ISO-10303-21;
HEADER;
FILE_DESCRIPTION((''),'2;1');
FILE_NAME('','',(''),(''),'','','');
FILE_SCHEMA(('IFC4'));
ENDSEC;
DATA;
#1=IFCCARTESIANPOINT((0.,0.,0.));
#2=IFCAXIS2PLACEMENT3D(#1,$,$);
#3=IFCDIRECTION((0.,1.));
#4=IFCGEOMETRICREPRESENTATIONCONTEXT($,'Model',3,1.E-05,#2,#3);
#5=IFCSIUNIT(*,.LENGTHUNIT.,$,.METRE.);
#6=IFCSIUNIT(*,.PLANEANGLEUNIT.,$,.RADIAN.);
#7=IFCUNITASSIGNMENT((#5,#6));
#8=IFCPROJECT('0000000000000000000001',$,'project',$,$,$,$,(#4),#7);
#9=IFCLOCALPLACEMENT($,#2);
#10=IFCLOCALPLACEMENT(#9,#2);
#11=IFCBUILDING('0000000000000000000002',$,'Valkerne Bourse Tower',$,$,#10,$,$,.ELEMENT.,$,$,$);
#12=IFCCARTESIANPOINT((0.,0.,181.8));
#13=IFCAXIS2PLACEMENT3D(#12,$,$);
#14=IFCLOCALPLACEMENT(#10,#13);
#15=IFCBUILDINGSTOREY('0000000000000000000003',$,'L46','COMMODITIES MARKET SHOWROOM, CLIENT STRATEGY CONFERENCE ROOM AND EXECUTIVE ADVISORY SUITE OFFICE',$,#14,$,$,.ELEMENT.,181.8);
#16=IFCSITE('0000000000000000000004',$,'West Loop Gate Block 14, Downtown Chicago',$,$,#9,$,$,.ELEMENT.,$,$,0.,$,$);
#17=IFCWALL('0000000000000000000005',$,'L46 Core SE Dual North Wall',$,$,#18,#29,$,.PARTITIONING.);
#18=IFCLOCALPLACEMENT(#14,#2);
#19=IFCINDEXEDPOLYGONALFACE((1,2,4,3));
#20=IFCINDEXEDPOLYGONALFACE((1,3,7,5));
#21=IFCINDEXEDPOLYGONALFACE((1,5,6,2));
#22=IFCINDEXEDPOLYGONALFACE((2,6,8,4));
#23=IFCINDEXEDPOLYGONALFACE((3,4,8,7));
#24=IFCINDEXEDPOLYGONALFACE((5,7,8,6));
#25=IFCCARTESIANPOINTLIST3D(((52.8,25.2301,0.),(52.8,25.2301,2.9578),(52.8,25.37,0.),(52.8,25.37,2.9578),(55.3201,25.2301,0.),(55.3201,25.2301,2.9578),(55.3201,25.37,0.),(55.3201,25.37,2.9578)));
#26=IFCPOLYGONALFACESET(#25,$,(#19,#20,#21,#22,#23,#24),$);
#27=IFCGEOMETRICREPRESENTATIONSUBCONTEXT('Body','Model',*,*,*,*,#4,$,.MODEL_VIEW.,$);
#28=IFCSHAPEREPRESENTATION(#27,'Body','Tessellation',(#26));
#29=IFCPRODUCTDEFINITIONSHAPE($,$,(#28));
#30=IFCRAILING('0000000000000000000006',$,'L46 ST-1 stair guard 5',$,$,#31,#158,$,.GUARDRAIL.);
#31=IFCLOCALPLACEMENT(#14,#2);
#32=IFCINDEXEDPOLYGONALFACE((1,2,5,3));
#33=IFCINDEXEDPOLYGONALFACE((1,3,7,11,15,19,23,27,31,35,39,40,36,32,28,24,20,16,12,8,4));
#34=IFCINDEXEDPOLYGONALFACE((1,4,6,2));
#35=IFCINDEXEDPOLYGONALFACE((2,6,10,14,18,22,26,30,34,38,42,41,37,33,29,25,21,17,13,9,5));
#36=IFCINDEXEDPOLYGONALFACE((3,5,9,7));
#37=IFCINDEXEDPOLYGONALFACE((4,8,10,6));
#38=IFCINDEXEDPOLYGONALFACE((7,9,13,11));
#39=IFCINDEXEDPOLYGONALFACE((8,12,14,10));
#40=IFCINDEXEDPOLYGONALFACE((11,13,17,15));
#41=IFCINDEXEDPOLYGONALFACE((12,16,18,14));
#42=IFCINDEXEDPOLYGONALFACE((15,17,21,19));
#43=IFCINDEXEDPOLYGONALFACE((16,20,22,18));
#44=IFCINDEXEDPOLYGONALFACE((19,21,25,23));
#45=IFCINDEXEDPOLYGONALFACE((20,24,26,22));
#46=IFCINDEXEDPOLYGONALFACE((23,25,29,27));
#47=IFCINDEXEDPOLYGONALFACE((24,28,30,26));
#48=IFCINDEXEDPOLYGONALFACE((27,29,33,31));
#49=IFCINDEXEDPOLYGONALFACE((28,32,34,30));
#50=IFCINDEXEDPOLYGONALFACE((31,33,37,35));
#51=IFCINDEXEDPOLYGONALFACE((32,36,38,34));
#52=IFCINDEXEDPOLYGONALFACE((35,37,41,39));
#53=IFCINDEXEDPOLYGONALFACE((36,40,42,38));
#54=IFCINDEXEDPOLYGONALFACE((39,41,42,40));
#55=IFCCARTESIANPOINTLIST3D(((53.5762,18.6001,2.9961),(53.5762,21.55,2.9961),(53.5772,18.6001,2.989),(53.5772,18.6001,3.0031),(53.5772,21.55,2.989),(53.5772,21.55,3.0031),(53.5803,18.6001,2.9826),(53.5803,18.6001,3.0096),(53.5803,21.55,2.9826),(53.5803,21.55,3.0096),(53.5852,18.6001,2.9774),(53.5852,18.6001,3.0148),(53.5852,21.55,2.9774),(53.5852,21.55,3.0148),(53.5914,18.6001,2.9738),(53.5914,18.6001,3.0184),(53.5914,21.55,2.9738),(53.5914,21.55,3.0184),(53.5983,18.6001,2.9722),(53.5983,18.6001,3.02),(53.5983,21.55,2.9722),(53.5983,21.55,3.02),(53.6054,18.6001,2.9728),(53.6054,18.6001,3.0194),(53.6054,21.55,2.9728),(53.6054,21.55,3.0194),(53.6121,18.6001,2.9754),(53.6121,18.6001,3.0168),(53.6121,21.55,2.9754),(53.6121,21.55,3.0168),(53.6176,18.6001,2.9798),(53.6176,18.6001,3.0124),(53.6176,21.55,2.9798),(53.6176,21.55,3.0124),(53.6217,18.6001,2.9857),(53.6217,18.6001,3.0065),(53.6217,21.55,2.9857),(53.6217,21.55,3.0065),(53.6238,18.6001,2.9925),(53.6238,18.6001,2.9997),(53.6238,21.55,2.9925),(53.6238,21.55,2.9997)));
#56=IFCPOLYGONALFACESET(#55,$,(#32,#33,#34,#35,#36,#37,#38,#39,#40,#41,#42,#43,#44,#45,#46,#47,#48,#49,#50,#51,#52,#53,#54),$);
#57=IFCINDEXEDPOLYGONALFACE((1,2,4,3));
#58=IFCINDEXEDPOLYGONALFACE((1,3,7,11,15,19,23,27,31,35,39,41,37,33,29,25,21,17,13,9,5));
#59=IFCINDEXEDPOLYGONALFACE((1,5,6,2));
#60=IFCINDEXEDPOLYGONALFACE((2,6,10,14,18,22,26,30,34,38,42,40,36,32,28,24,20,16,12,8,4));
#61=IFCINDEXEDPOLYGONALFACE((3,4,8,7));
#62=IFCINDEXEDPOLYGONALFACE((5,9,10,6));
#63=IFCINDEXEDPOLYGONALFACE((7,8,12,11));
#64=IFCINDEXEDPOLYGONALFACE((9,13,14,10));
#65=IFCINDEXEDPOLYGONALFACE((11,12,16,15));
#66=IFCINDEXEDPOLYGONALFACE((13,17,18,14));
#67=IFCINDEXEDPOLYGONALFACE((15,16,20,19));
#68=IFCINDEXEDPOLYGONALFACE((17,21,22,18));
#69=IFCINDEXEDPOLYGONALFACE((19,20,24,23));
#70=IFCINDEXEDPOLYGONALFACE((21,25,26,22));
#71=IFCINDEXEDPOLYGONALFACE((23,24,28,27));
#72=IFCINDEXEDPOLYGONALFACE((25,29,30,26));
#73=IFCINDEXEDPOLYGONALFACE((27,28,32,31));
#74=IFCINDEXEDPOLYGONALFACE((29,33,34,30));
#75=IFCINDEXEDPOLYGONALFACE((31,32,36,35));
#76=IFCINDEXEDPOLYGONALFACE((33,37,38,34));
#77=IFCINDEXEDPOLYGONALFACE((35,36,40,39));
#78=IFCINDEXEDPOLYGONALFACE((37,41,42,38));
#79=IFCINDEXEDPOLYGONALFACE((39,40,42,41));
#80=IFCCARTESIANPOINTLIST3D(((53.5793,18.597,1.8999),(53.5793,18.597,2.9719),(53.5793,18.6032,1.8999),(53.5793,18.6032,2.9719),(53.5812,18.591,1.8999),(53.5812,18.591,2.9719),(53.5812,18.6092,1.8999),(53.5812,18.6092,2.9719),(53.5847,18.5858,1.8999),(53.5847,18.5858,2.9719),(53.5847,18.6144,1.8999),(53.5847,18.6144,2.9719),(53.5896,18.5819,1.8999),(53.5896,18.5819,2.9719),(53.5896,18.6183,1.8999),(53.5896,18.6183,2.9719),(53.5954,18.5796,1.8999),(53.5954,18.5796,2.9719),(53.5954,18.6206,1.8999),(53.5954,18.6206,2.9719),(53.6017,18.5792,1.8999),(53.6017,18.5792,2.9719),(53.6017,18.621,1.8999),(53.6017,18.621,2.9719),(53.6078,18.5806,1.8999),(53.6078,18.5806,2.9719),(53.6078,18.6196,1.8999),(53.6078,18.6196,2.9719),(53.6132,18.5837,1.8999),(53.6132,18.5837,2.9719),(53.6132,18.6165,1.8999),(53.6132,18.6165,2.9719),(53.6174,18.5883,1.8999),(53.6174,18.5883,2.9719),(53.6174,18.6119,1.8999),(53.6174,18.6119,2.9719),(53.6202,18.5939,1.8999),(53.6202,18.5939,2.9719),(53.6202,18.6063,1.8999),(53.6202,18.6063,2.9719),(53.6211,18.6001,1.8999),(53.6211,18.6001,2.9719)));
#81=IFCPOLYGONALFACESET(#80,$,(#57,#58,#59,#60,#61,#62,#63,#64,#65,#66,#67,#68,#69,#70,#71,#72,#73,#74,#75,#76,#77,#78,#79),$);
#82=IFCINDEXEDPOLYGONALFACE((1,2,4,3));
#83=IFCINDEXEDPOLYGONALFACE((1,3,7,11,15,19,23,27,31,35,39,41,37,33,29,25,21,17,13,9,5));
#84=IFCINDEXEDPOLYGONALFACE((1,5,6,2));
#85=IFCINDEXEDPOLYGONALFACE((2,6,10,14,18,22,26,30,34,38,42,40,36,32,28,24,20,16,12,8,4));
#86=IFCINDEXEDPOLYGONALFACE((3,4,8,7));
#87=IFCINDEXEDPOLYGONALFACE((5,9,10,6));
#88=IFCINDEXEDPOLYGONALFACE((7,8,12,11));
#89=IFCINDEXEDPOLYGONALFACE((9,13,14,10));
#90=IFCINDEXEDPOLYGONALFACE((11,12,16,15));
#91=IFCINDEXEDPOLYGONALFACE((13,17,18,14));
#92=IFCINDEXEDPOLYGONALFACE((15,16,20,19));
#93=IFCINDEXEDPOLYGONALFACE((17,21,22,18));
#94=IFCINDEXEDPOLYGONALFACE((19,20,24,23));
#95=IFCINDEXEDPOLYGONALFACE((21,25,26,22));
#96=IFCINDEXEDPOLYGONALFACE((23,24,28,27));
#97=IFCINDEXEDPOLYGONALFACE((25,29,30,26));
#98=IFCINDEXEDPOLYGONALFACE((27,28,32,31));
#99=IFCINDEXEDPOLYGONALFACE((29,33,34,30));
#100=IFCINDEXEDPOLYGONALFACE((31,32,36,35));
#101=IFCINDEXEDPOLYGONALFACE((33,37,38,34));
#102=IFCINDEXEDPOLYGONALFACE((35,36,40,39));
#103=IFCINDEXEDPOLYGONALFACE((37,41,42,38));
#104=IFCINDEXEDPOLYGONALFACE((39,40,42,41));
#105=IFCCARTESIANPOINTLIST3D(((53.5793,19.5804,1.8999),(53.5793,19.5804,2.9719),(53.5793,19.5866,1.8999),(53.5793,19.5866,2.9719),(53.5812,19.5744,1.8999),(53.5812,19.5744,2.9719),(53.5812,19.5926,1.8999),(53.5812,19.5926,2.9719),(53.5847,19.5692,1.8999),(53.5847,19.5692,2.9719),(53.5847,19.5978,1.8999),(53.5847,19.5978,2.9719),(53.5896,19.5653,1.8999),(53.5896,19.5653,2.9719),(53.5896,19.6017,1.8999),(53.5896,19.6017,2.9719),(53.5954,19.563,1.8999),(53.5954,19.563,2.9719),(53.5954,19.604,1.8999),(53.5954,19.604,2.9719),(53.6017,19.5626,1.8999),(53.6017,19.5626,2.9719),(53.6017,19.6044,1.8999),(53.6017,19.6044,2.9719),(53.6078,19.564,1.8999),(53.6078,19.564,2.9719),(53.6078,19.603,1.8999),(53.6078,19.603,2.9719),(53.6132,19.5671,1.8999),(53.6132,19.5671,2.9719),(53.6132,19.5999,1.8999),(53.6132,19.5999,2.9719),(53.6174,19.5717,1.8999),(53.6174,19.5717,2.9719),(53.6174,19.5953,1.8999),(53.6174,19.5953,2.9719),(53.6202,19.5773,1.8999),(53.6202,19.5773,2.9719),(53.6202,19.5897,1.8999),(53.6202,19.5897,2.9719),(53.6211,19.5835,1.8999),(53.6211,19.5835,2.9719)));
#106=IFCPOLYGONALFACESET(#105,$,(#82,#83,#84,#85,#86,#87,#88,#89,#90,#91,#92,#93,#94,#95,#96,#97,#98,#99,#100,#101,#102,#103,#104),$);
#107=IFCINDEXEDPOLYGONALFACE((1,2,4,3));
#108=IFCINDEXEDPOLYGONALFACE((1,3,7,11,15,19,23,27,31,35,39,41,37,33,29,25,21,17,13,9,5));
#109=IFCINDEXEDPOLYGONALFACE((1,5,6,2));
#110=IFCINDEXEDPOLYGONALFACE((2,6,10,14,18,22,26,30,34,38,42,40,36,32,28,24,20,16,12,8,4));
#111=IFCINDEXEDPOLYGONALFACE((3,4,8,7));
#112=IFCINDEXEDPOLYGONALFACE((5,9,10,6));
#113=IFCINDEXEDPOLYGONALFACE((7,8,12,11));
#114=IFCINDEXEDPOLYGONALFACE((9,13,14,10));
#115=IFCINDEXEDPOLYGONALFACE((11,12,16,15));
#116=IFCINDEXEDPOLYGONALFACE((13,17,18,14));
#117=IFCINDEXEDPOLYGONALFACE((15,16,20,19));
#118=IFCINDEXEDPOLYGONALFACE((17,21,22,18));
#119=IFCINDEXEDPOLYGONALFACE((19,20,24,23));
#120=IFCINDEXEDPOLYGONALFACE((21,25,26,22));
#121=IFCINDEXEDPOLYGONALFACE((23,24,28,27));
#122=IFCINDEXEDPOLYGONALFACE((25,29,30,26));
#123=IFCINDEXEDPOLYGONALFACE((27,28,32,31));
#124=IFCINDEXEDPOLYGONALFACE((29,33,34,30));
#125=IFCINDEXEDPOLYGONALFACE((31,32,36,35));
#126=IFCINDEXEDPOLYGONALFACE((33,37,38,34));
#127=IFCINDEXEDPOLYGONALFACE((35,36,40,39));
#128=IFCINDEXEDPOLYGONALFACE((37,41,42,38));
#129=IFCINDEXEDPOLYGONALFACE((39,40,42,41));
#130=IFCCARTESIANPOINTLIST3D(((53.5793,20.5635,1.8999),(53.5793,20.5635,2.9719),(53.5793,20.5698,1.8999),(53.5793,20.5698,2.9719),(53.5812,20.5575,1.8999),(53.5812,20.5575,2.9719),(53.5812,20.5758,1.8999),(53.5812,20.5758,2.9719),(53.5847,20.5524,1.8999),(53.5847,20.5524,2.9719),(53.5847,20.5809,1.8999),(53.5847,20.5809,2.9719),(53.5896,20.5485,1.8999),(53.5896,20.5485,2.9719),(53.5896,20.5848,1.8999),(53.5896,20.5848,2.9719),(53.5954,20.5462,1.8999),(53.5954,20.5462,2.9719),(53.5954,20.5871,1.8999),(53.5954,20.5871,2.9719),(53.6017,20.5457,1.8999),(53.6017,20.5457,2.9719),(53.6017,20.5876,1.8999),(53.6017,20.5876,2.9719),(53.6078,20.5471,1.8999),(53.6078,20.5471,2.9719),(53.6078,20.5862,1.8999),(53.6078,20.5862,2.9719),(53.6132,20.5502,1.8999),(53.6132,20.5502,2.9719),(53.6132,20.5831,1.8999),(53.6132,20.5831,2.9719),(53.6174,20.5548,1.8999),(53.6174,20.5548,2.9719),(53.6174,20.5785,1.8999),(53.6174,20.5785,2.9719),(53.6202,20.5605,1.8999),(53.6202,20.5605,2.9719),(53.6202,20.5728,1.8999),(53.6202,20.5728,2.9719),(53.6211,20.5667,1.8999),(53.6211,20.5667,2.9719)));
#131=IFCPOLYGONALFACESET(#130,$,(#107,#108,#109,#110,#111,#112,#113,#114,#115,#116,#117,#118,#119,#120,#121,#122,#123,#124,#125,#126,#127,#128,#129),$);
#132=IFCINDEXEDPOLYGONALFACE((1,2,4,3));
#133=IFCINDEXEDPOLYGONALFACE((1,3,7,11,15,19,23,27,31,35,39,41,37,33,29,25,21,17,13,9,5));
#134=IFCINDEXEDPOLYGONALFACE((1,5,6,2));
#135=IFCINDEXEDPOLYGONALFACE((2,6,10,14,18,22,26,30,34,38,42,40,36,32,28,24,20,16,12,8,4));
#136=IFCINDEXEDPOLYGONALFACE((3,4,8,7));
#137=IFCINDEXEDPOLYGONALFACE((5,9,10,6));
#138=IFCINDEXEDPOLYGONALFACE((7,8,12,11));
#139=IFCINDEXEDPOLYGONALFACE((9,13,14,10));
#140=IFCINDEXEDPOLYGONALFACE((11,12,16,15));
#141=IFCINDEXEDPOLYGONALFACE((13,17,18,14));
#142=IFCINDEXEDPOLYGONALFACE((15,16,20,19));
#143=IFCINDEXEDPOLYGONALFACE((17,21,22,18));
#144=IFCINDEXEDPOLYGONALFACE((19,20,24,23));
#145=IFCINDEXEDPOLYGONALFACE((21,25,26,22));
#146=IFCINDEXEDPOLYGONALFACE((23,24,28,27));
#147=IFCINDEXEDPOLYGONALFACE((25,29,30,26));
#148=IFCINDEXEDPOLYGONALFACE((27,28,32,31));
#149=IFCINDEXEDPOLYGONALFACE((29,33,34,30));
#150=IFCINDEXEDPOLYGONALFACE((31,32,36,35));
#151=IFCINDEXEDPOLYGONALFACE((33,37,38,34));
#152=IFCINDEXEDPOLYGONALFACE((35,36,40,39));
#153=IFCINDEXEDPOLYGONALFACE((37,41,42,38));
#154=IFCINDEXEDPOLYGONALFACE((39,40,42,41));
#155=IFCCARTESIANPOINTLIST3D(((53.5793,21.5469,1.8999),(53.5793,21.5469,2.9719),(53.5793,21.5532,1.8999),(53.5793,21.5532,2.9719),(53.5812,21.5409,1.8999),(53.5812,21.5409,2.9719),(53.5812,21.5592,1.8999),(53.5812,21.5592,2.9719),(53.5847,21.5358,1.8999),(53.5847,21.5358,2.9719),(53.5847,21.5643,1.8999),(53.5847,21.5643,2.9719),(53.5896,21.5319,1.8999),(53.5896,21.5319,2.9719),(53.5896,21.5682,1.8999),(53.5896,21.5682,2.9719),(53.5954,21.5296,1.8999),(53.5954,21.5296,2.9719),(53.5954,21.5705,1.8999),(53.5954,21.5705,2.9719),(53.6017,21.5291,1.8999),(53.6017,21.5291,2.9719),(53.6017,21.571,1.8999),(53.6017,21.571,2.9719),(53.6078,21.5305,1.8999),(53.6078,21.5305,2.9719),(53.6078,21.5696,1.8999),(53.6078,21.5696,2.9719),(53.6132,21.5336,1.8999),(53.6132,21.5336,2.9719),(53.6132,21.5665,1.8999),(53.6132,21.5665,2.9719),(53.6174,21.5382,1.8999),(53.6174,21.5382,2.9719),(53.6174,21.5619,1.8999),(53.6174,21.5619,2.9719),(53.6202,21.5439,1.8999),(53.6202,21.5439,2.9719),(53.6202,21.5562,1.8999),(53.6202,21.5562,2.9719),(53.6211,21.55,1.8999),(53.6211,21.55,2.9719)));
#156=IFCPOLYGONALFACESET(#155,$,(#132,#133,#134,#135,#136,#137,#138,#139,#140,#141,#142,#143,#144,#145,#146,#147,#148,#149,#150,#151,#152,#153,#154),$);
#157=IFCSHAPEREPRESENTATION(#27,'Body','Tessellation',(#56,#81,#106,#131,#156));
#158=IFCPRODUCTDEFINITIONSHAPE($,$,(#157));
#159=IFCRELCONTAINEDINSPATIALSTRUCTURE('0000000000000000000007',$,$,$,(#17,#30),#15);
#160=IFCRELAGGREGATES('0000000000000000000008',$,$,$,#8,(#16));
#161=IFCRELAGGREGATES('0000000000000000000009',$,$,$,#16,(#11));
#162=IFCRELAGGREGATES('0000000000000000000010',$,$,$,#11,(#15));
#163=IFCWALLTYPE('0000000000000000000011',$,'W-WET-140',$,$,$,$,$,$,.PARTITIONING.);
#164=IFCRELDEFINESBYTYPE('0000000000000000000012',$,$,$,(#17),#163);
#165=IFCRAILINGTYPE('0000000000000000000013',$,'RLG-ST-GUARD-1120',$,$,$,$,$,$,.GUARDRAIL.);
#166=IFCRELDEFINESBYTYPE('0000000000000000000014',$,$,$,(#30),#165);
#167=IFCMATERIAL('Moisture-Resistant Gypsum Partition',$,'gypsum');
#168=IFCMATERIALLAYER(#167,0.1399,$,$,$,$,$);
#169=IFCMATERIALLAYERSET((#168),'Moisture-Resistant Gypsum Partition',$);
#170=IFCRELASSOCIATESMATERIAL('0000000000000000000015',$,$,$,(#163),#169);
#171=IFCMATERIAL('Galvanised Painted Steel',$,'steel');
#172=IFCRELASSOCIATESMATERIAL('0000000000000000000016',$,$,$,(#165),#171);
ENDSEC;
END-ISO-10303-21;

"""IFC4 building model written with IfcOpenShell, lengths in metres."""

from ifc_helpers import new_model, si_unit, direction, frame, frame_2d, origin, origin_2d, place, context, subcontext, project, spatial, rectangle, circle, extrude, material, layer, layer_set, type_object, element, save


model = new_model("IFC4")

# Units and contexts
model_context = context("Model", 3, precision=1e-05, world=origin(), true_north=direction((0.0, 1.0)))
body_context = subcontext(model_context, "Body", "Model", "MODEL_VIEW")
ifc_project = project(units=[si_unit("LENGTHUNIT", "METRE"), si_unit("PLANEANGLEUNIT", "RADIAN")], contexts=[model_context])

# Site, building, storey
site_placement = place(None, origin())
site = spatial("IfcSite", under=ifc_project, at=site_placement, Name="West Loop Gate Block 14, Downtown Chicago", CompositionType="ELEMENT", RefElevation=0.0)
building_placement = place(site_placement, origin())
building = spatial("IfcBuilding", under=site, at=building_placement, Name="Valkerne Bourse Tower", CompositionType="ELEMENT")
storey_placement = place(building_placement, frame((0.0, 0.0, 181.8)))
storey = spatial("IfcBuildingStorey", under=building, at=storey_placement, Name="L46", Description="COMMODITIES MARKET SHOWROOM, CLIENT STRATEGY CONFERENCE ROOM AND EXECUTIVE ADVISORY SUITE OFFICE", CompositionType="ELEMENT", Elevation=181.8)

# Shared definitions
ifc_material_1 = material(Name="Moisture-Resistant Gypsum Partition", Category="gypsum")
ifc_layer_1 = layer(ifc_material_1, 0.1399)
ifc_layer_set_1 = layer_set([ifc_layer_1], Name="Moisture-Resistant Gypsum Partition")
wall_type_1 = type_object("IfcWallType", Name="W-WET-140", PredefinedType="PARTITIONING", material=ifc_layer_set_1)

# Wall
wall_1_placement = place(storey_placement, frame((52.8, 25.3, 0.0), z_axis=(0.0, 0.0, 1.0), x_axis=(1.0, 0.0, 0.0)))
element("IfcWall", 1, at=wall_1_placement, inside=storey, type_object=wall_type_1, Name="L46 Core SE Dual North Wall", PredefinedType="PARTITIONING", context=body_context, shape_type="SweptSolid", body=[
    extrude(rectangle(XDim=2.52, YDim=0.1399, at=frame_2d((1.26, 0.0))), origin(), (0.0, 0.0, 1.0), 2.9578),
])

# Railing
ifc_material_2 = material(Name="Galvanised Painted Steel", Category="steel")
railing_type = type_object("IfcRailingType", Name="RLG-ST-GUARD-1120", PredefinedType="GUARDRAIL", material=ifc_material_2)
railing_1_placement = place(storey_placement, frame((53.6001, 18.6001, 1.8999)))
element("IfcRailing", 2, at=railing_1_placement, inside=storey, type_object=railing_type, Name="L46 ST-1 stair guard 5", PredefinedType="GUARDRAIL", context=body_context, shape_type="SweptSolid", body=[
    extrude(circle(Radius=0.0239, at=origin_2d()), frame((0.0, 0.0, 1.0962), z_axis=(0.0, 1.0, 0.0), x_axis=(-1.0, 0.0, 0.0)), (0.0, 0.0, 1.0), 2.95),
    extrude(circle(Radius=0.021, at=origin_2d()), origin(), (0.0, 0.0, 1.0), 1.072),
    extrude(circle(Radius=0.021, at=origin_2d()), frame((0.0, 0.9834, 0.0)), (0.0, 0.0, 1.0), 1.072),
    extrude(circle(Radius=0.021, at=origin_2d()), frame((0.0, 1.9666, 0.0)), (0.0, 0.0, 1.0), 1.072),
    extrude(circle(Radius=0.021, at=origin_2d()), frame((0.0, 2.95, 0.0)), (0.0, 0.0, 1.0), 1.072),
])

save(model, "model.ifc")
